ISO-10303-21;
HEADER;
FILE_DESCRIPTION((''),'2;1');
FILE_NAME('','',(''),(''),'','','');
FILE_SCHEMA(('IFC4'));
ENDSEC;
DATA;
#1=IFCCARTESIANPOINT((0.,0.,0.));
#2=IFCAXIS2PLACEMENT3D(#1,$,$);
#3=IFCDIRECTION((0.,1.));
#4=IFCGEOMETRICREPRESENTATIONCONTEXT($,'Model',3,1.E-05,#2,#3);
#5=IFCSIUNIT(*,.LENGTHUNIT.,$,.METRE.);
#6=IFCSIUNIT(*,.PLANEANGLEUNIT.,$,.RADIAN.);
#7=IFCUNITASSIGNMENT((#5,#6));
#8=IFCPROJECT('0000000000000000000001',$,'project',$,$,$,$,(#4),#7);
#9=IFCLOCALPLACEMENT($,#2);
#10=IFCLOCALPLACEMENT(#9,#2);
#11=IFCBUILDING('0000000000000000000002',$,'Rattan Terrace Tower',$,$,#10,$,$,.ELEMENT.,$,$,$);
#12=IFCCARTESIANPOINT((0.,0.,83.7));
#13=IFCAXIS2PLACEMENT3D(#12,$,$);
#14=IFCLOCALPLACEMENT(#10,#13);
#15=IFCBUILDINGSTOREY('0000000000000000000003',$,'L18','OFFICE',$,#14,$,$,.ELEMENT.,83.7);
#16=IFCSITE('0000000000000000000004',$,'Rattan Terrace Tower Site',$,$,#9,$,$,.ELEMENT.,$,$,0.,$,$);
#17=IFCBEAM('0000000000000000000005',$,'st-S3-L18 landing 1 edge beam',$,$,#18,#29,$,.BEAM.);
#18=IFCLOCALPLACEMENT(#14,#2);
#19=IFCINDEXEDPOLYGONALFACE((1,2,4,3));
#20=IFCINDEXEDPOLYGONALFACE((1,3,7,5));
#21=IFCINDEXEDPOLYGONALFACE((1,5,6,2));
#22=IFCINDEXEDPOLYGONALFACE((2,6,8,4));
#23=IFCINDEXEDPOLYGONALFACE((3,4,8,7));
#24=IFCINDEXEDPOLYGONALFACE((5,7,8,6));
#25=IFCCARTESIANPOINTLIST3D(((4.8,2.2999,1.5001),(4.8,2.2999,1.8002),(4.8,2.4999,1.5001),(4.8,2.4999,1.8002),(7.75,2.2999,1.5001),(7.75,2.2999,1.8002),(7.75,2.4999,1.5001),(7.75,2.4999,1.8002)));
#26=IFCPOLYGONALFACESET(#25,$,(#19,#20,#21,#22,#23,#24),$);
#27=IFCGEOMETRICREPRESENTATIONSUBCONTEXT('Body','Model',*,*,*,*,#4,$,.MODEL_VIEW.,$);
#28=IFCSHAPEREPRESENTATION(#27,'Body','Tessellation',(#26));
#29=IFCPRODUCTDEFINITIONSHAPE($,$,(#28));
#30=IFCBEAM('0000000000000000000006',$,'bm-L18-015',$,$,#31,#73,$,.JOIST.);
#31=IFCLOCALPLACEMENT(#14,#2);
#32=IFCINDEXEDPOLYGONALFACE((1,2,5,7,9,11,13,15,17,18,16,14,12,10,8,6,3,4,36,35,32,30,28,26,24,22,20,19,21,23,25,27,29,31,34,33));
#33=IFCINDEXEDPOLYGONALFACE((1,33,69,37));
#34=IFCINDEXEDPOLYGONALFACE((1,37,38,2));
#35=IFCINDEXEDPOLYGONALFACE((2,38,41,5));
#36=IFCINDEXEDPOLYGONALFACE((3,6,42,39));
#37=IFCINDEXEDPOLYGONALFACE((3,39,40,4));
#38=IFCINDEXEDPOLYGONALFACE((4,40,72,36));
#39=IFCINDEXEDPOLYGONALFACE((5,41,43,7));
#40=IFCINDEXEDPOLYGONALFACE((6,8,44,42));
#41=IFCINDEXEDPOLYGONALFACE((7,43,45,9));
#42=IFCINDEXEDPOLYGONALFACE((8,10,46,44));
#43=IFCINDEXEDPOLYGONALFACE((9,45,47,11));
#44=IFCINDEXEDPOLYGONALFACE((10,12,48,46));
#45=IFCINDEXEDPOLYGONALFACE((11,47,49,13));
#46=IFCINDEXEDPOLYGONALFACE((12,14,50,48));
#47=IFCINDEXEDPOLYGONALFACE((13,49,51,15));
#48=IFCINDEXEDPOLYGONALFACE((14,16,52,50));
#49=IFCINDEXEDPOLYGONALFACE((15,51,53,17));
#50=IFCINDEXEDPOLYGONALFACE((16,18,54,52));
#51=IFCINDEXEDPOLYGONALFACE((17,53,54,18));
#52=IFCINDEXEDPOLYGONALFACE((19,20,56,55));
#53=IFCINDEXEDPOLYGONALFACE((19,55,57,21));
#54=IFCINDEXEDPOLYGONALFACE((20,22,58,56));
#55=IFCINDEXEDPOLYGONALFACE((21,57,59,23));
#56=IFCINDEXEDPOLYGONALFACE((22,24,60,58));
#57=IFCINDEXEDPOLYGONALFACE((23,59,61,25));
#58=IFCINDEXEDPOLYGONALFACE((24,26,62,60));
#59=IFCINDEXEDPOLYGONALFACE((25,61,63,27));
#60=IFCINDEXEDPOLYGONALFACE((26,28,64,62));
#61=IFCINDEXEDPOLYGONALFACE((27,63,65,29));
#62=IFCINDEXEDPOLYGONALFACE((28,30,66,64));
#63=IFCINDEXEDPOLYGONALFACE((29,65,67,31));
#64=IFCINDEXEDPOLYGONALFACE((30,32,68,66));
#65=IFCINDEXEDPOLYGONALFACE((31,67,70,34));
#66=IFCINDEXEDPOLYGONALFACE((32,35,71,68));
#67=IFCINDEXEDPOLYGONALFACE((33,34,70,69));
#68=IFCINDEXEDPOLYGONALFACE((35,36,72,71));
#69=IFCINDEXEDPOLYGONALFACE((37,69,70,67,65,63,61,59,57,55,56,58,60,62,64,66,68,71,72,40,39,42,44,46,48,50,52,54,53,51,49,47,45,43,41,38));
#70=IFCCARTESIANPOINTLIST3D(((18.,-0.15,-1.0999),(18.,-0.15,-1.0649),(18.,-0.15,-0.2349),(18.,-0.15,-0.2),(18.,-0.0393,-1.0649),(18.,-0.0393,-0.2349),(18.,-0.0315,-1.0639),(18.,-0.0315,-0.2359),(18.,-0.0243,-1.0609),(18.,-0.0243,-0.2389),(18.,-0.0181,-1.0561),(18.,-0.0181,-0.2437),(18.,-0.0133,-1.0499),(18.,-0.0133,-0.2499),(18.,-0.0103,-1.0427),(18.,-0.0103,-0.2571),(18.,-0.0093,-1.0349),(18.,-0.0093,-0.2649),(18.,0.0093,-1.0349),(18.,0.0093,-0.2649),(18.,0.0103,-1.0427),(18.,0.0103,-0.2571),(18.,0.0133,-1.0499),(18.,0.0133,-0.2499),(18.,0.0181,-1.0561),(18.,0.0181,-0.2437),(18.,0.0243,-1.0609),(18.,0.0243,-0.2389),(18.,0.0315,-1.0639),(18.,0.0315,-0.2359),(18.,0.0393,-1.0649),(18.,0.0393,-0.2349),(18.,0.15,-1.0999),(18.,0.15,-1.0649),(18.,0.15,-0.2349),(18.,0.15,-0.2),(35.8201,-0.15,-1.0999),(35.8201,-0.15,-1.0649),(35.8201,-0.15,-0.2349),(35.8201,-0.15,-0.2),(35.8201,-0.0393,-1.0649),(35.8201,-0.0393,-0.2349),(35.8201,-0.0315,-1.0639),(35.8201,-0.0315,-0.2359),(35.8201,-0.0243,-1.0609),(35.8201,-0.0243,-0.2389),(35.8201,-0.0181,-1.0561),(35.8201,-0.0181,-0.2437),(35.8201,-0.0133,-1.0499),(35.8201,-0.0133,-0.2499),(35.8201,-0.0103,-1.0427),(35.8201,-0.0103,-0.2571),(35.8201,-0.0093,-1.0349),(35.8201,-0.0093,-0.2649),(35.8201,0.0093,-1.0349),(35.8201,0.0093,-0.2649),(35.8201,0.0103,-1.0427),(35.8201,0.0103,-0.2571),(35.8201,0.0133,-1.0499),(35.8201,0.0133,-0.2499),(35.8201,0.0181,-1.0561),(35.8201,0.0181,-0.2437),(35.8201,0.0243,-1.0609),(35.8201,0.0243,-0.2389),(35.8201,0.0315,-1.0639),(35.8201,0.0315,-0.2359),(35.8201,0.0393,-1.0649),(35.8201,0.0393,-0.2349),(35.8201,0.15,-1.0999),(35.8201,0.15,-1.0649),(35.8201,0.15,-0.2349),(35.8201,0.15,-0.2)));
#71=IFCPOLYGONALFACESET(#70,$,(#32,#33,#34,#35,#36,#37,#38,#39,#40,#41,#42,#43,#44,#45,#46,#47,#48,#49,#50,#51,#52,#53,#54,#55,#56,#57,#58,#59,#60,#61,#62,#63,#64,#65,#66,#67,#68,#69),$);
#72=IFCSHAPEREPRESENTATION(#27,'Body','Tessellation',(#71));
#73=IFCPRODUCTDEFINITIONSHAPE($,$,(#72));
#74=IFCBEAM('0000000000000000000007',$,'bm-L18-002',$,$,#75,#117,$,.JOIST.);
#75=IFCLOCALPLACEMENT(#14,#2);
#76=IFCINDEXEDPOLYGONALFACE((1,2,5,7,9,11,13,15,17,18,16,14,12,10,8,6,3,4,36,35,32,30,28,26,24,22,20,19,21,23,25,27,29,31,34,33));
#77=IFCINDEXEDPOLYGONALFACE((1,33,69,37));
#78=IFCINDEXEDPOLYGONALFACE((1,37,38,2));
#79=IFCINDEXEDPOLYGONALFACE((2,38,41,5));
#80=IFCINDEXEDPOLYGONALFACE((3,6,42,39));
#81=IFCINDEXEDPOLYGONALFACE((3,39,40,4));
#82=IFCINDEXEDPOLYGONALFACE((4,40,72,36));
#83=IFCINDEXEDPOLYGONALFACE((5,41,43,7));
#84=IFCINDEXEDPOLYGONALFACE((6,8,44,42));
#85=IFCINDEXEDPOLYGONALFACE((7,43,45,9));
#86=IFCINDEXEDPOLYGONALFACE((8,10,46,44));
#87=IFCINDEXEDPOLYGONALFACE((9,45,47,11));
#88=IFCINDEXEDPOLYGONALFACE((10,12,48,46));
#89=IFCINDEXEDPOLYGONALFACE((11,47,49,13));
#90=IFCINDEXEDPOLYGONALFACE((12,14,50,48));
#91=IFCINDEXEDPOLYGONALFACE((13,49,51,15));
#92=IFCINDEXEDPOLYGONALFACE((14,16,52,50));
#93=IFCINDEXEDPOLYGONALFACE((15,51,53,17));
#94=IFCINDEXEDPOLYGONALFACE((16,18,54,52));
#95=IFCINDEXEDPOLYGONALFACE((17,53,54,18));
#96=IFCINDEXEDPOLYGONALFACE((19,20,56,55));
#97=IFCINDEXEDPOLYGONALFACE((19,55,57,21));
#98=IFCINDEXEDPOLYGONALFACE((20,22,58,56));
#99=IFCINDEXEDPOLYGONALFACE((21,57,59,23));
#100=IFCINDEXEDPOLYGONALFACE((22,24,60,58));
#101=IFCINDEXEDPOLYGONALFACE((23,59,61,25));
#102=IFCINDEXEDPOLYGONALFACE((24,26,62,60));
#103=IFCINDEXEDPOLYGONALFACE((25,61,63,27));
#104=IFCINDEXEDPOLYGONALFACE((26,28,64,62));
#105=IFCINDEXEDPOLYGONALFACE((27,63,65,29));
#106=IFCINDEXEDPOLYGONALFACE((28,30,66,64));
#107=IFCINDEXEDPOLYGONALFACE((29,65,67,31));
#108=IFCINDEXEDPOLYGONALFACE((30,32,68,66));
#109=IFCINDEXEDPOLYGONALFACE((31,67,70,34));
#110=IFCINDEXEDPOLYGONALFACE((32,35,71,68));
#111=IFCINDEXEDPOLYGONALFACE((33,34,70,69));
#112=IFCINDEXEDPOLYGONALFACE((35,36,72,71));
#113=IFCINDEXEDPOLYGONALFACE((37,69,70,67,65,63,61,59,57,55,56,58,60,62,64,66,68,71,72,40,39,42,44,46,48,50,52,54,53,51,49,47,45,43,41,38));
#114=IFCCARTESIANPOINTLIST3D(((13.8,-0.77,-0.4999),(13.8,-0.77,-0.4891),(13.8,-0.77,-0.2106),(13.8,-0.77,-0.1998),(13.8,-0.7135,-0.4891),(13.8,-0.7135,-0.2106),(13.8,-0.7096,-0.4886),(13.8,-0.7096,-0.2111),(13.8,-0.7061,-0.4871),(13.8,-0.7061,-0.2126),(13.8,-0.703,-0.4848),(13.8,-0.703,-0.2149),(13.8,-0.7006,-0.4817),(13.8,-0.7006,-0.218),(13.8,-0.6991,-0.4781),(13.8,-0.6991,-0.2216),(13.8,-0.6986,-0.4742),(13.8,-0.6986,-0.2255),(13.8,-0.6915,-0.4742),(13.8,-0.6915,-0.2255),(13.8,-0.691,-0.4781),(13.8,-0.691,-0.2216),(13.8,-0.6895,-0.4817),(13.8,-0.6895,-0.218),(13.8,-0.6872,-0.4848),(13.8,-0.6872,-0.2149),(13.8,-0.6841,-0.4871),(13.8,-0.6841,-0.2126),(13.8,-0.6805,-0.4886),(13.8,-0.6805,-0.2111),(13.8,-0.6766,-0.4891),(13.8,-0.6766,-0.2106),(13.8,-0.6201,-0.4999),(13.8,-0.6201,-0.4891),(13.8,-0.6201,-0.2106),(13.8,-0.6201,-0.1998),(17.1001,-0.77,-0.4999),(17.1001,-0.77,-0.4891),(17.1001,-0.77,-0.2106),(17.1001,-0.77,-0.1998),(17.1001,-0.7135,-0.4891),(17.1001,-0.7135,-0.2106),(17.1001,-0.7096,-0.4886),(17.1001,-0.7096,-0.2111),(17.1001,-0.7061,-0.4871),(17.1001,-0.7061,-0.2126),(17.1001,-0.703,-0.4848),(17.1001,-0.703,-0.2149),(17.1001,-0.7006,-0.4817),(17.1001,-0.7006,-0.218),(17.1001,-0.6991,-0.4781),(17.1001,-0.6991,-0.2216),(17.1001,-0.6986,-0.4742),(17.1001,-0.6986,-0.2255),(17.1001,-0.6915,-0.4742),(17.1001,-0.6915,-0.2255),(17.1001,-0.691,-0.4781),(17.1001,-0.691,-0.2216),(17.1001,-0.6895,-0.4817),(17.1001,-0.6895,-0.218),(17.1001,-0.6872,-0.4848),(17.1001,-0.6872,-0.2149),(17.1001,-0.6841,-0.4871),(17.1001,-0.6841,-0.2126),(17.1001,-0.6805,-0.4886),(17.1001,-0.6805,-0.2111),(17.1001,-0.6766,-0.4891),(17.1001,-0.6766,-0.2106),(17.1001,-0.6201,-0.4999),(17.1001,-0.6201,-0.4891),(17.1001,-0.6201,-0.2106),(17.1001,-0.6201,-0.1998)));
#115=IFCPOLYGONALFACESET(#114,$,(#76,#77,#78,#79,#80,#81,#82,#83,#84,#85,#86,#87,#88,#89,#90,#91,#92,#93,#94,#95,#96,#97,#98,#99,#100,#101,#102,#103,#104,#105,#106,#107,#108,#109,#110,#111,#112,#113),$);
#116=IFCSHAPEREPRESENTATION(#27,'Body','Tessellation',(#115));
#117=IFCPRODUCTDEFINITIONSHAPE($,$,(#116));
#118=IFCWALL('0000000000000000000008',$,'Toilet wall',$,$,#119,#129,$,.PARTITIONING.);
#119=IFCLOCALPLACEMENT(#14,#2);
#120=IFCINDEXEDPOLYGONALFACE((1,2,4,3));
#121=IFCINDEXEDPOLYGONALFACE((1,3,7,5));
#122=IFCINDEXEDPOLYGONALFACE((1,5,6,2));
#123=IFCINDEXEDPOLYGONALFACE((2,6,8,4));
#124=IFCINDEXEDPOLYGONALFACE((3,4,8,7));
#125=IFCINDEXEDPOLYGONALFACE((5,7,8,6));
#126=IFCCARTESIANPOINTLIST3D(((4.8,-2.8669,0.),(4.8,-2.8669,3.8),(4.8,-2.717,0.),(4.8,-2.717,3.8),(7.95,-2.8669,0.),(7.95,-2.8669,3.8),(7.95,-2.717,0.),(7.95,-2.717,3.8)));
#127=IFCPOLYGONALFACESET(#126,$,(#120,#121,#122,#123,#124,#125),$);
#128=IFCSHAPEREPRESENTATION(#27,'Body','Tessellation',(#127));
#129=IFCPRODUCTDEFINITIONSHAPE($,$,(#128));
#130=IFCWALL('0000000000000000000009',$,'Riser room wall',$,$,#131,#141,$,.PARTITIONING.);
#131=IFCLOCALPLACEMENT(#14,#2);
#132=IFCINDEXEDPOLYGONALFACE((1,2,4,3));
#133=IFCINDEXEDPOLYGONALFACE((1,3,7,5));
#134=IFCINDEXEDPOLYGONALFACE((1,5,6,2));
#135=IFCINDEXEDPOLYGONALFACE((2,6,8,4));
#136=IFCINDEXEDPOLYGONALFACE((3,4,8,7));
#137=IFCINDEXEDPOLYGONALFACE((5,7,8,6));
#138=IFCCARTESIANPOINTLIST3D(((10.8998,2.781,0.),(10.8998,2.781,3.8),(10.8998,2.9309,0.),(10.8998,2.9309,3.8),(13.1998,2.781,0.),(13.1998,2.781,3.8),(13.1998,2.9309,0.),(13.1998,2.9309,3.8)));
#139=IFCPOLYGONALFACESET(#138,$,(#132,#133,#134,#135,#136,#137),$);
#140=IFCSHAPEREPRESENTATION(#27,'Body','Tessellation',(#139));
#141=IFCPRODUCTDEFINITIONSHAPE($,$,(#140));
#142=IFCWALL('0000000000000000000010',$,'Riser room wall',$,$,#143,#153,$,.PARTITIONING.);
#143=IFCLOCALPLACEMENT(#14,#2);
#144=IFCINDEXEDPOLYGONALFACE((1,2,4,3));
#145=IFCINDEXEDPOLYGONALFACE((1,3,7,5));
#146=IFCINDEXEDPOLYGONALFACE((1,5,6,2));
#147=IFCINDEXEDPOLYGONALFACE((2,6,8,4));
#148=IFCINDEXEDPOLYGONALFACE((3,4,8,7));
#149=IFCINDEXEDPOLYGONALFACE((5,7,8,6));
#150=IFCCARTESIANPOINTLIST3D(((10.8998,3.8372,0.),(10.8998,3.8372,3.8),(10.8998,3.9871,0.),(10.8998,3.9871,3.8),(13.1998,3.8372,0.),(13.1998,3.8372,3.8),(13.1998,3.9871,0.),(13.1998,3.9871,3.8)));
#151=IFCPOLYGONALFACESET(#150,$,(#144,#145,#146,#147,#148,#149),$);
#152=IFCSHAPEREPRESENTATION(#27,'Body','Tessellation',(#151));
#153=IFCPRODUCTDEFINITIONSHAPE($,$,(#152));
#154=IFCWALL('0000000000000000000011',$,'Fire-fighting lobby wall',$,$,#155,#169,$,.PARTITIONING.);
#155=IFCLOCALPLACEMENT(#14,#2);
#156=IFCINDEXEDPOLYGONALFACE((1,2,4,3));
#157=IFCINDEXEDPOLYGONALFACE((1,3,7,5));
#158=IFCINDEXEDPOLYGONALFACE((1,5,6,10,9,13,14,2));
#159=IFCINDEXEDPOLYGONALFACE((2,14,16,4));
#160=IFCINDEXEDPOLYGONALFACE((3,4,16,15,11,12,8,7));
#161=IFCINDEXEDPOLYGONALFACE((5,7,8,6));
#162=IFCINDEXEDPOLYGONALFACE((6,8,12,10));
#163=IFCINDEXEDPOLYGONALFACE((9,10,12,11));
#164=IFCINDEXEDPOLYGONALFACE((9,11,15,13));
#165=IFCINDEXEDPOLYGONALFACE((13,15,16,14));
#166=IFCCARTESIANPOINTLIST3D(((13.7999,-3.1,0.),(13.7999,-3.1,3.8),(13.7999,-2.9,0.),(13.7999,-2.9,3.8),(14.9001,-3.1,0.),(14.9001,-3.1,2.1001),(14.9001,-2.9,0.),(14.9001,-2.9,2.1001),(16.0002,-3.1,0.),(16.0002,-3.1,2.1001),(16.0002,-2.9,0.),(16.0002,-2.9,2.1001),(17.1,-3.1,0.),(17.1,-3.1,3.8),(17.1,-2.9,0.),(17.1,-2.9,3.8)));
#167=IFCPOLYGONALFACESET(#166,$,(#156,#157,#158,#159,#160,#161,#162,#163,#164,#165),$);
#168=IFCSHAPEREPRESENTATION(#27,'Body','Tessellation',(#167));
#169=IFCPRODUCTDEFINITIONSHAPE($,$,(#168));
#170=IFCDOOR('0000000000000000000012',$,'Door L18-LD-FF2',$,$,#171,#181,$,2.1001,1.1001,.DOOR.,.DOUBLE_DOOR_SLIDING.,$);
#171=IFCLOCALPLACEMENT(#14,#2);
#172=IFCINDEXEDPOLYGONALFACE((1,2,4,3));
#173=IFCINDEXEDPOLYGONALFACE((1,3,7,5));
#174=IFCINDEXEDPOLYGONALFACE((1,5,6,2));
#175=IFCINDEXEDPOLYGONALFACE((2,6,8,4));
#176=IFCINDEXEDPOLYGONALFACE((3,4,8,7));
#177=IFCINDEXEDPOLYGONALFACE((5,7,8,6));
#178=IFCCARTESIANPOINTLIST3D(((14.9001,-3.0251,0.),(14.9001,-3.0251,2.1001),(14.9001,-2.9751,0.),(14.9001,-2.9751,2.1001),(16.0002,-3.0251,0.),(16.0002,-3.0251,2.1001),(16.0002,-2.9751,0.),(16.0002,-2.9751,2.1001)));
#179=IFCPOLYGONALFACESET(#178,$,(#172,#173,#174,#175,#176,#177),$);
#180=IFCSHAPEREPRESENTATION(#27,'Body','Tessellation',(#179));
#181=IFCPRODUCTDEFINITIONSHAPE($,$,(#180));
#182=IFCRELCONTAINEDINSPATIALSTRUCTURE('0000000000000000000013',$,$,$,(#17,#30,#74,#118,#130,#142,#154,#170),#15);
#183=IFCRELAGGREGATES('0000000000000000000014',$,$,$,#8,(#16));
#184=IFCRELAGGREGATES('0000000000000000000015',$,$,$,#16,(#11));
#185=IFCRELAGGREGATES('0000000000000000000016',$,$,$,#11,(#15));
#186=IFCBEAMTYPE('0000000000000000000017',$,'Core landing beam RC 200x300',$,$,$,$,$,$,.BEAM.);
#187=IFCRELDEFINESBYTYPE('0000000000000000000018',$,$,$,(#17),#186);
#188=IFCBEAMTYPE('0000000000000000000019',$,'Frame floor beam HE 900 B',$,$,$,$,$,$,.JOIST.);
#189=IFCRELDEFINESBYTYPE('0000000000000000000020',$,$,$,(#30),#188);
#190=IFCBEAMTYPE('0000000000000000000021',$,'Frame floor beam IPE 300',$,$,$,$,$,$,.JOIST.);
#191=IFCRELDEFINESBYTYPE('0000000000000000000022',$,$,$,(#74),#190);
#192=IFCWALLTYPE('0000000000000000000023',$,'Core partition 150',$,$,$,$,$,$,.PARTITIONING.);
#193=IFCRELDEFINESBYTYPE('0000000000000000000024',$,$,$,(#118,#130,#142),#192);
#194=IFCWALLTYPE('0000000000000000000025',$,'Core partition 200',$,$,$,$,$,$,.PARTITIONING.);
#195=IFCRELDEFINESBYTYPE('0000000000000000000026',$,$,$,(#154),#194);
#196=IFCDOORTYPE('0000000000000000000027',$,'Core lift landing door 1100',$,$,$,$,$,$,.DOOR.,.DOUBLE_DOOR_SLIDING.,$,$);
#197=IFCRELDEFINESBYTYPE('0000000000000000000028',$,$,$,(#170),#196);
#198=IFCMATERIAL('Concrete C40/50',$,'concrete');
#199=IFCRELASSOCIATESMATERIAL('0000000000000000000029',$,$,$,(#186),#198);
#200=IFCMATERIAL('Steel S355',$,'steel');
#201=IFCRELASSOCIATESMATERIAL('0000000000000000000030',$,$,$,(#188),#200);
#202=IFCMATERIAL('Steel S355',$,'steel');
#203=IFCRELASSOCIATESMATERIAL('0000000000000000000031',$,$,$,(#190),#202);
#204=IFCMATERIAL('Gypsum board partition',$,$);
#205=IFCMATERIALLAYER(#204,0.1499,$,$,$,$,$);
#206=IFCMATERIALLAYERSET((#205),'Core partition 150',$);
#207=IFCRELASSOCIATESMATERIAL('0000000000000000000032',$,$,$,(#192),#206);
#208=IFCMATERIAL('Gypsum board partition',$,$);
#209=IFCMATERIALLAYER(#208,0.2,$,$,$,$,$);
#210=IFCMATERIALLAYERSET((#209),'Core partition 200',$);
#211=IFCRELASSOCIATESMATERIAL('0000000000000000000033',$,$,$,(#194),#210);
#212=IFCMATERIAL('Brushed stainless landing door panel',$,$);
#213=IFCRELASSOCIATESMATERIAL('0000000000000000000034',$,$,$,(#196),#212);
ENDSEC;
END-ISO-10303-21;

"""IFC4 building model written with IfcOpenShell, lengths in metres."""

from ifc_helpers import new_model, si_unit, direction, frame, frame_2d, origin, origin_2d, place, context, subcontext, project, spatial, rectangle, i_section, extrude, material, layer, layer_set, material_profile, profile_set, type_object, element, fill, save


model = new_model("IFC4")

# Units and contexts
model_context = context("Model", 3, precision=1e-05, world=origin(), true_north=direction((0.0, 1.0)))
body_context = subcontext(model_context, "Body", "Model", "MODEL_VIEW")
ifc_project = project(units=[si_unit("LENGTHUNIT", "METRE"), si_unit("PLANEANGLEUNIT", "RADIAN")], contexts=[model_context])

# Site, building, storey
site_placement = place(None, origin())
site = spatial("IfcSite", under=ifc_project, at=site_placement, Name="Rattan Terrace Tower Site", CompositionType="ELEMENT", RefElevation=0.0)
building_placement = place(site_placement, origin())
building = spatial("IfcBuilding", under=site, at=building_placement, Name="Rattan Terrace Tower", CompositionType="ELEMENT")
storey_placement = place(building_placement, frame((0.0, 0.0, 83.7)))
storey = spatial("IfcBuildingStorey", under=building, at=storey_placement, Name="L18", Description="OFFICE", CompositionType="ELEMENT", Elevation=83.7)

# Beams
ifc_material_1 = material(Name="Concrete C40/50", Category="concrete")
ifc_material_profile_1 = material_profile(ifc_material_1, rectangle(XDim=0.2, YDim=0.3, at=origin_2d()), Name="RC 200x300")
ifc_profile_set_1 = profile_set([ifc_material_profile_1], Name="Concrete C40/50")
beam_type_1 = type_object("IfcBeamType", Name="Core landing beam RC 200x300", PredefinedType="BEAM", material=ifc_profile_set_1)
beam_1_placement = place(storey_placement, frame((4.8, 2.3999, 1.6501), z_axis=(1.0, 0.0, 0.0), x_axis=(0.0, 1.0, 0.0)))
element("IfcBeam", 1, at=beam_1_placement, inside=storey, type_object=beam_type_1, Name="st-S3-L18 landing 1 edge beam", PredefinedType="BEAM", context=body_context, shape_type="SweptSolid", body=[
    extrude(rectangle(XDim=0.2, YDim=0.3, at=origin_2d()), origin(), (0.0, 0.0, 1.0), 2.95),
])
ifc_material_2 = material(Name="Steel S355", Category="steel")
ifc_material_profile_2 = material_profile(ifc_material_2, i_section(OverallWidth=0.3, OverallDepth=0.8999, WebThickness=0.0186, FlangeThickness=0.0349, FilletRadius=0.03, at=origin_2d()), Name="HE 900 B")
ifc_profile_set_2 = profile_set([ifc_material_profile_2], Name="Steel S355")
beam_type_2 = type_object("IfcBeamType", Name="Frame floor beam HE 900 B", PredefinedType="JOIST", material=ifc_profile_set_2)
beam_2_placement = place(storey_placement, frame((18.0, 0.0, -0.6499), z_axis=(1.0, 0.0, 0.0), x_axis=(0.0, 1.0, 0.0)))
element("IfcBeam", 2, at=beam_2_placement, inside=storey, type_object=beam_type_2, Name="bm-L18-015", PredefinedType="JOIST", context=body_context, shape_type="SweptSolid", body=[
    extrude(i_section(OverallWidth=0.3, OverallDepth=0.8999, WebThickness=0.0186, FlangeThickness=0.0349, FilletRadius=0.03, at=origin_2d()), origin(), (0.0, 0.0, 1.0), 17.8201),
])
ifc_material_3 = material(Name="Steel S355", Category="steel")
ifc_material_profile_3 = material_profile(ifc_material_3, i_section(OverallWidth=0.1499, OverallDepth=0.3, WebThickness=0.0071, FlangeThickness=0.0107, FilletRadius=0.0149, at=origin_2d()), Name="IPE 300")
ifc_profile_set_3 = profile_set([ifc_material_profile_3], Name="Steel S355")
beam_type_3 = type_object("IfcBeamType", Name="Frame floor beam IPE 300", PredefinedType="JOIST", material=ifc_profile_set_3)
beam_3_placement = place(storey_placement, frame((13.8, -0.6951, -0.3499), z_axis=(1.0, 0.0, 0.0), x_axis=(0.0, 1.0, 0.0)))
element("IfcBeam", 3, at=beam_3_placement, inside=storey, type_object=beam_type_3, Name="bm-L18-002", PredefinedType="JOIST", context=body_context, shape_type="SweptSolid", body=[
    extrude(i_section(OverallWidth=0.1499, OverallDepth=0.3, WebThickness=0.0071, FlangeThickness=0.0107, FilletRadius=0.0149, at=origin_2d()), origin(), (0.0, 0.0, 1.0), 3.3),
])

# Walls
ifc_material_4 = material(Name="Gypsum board partition")
ifc_layer_1 = layer(ifc_material_4, 0.1499)
ifc_layer_set_1 = layer_set([ifc_layer_1], Name="Core partition 150")
wall_type_1 = type_object("IfcWallType", Name="Core partition 150", PredefinedType="PARTITIONING", material=ifc_layer_set_1)
wall_1_placement = place(storey_placement, frame((4.8, -2.792, 0.0), z_axis=(0.0, 0.0, 1.0), x_axis=(1.0, 0.0, 0.0)))
element("IfcWall", 4, at=wall_1_placement, inside=storey, type_object=wall_type_1, Name="Toilet wall", PredefinedType="PARTITIONING", context=body_context, shape_type="SweptSolid", body=[
    extrude(rectangle(XDim=3.1499, YDim=0.1499, at=frame_2d((1.575, 0.0))), origin(), (0.0, 0.0, 1.0), 3.8),
])
for number, where, z_axis, x_axis, name in (
    (5, (10.8999, 2.856, 0.0), (0.0, 0.0, 1.0), (1.0, 0.0, 0.0), "Riser room wall"),
    (6, (10.8999, 3.9121, 0.0), (0.0, 0.0, 1.0), (1.0, 0.0, 0.0), "Riser room wall"),
):
    element("IfcWall", number, at=place(storey_placement, frame(where, z_axis=z_axis, x_axis=x_axis)), inside=storey, type_object=wall_type_1, Name=name, PredefinedType="PARTITIONING", context=body_context, shape_type="SweptSolid", body=[
        extrude(rectangle(XDim=2.3, YDim=0.1499, at=frame_2d((1.1499, 0.0))), origin(), (0.0, 0.0, 1.0), 3.8),
    ])

# Wall, opening, door
ifc_material_5 = material(Name="Gypsum board partition")
ifc_layer_2 = layer(ifc_material_5, 0.2)
ifc_layer_set_2 = layer_set([ifc_layer_2], Name="Core partition 200")
wall_type_2 = type_object("IfcWallType", Name="Core partition 200", PredefinedType="PARTITIONING", material=ifc_layer_set_2)
wall_2_placement = place(storey_placement, frame((13.8, -3.0, 0.0), z_axis=(0.0, 0.0, 1.0), x_axis=(1.0, 0.0, 0.0)))
wall_2 = element("IfcWall", 7, at=wall_2_placement, inside=storey, type_object=wall_type_2, Name="Fire-fighting lobby wall", PredefinedType="PARTITIONING", context=body_context, shape_type="SweptSolid", body=[
    extrude(rectangle(XDim=3.3, YDim=0.2, at=frame_2d((1.6499, 0.0))), origin(), (0.0, 0.0, 1.0), 3.8),
])
opening_1_placement = place(wall_2_placement, frame((1.1001, 0.0, 0.0)))
opening_1 = element("IfcOpeningElement", 8, at=opening_1_placement, cuts=wall_2, PredefinedType="OPENING", context=body_context, shape_type="SweptSolid", body=[
    extrude(rectangle(XDim=1.1001, YDim=2.1001, at=frame_2d((0.55, 1.05))), frame((0.0, 0.1106, 0.0), z_axis=(0.0, -1.0, 0.0), x_axis=(1.0, 0.0, 0.0)), (0.0, 0.0, 1.0), 0.2209),
])
ifc_material_6 = material(Name="Brushed stainless landing door panel")
door_type_1 = type_object("IfcDoorType", Name="Core lift landing door 1100", OperationType="DOUBLE_DOOR_SLIDING", PredefinedType="DOOR", material=ifc_material_6)
door_1_placement = place(opening_1_placement, origin())
door_1 = element("IfcDoor", 9, at=door_1_placement, inside=storey, type_object=door_type_1, Name="Door L18-LD-FF2", OperationType="DOUBLE_DOOR_SLIDING", OverallHeight=2.1001, OverallWidth=1.1001, PredefinedType="DOOR", context=body_context, shape_type="SweptSolid", body=[
    extrude(rectangle(XDim=1.1001, YDim=2.1001, at=frame_2d((0.55, 1.05))), frame((0.0, 0.0249, 0.0), z_axis=(0.0, -1.0, 0.0), x_axis=(1.0, 0.0, 0.0)), (0.0, 0.0, 1.0), 0.05),
])
fill(opening_1, door_1)

save(model, "model.ifc")
